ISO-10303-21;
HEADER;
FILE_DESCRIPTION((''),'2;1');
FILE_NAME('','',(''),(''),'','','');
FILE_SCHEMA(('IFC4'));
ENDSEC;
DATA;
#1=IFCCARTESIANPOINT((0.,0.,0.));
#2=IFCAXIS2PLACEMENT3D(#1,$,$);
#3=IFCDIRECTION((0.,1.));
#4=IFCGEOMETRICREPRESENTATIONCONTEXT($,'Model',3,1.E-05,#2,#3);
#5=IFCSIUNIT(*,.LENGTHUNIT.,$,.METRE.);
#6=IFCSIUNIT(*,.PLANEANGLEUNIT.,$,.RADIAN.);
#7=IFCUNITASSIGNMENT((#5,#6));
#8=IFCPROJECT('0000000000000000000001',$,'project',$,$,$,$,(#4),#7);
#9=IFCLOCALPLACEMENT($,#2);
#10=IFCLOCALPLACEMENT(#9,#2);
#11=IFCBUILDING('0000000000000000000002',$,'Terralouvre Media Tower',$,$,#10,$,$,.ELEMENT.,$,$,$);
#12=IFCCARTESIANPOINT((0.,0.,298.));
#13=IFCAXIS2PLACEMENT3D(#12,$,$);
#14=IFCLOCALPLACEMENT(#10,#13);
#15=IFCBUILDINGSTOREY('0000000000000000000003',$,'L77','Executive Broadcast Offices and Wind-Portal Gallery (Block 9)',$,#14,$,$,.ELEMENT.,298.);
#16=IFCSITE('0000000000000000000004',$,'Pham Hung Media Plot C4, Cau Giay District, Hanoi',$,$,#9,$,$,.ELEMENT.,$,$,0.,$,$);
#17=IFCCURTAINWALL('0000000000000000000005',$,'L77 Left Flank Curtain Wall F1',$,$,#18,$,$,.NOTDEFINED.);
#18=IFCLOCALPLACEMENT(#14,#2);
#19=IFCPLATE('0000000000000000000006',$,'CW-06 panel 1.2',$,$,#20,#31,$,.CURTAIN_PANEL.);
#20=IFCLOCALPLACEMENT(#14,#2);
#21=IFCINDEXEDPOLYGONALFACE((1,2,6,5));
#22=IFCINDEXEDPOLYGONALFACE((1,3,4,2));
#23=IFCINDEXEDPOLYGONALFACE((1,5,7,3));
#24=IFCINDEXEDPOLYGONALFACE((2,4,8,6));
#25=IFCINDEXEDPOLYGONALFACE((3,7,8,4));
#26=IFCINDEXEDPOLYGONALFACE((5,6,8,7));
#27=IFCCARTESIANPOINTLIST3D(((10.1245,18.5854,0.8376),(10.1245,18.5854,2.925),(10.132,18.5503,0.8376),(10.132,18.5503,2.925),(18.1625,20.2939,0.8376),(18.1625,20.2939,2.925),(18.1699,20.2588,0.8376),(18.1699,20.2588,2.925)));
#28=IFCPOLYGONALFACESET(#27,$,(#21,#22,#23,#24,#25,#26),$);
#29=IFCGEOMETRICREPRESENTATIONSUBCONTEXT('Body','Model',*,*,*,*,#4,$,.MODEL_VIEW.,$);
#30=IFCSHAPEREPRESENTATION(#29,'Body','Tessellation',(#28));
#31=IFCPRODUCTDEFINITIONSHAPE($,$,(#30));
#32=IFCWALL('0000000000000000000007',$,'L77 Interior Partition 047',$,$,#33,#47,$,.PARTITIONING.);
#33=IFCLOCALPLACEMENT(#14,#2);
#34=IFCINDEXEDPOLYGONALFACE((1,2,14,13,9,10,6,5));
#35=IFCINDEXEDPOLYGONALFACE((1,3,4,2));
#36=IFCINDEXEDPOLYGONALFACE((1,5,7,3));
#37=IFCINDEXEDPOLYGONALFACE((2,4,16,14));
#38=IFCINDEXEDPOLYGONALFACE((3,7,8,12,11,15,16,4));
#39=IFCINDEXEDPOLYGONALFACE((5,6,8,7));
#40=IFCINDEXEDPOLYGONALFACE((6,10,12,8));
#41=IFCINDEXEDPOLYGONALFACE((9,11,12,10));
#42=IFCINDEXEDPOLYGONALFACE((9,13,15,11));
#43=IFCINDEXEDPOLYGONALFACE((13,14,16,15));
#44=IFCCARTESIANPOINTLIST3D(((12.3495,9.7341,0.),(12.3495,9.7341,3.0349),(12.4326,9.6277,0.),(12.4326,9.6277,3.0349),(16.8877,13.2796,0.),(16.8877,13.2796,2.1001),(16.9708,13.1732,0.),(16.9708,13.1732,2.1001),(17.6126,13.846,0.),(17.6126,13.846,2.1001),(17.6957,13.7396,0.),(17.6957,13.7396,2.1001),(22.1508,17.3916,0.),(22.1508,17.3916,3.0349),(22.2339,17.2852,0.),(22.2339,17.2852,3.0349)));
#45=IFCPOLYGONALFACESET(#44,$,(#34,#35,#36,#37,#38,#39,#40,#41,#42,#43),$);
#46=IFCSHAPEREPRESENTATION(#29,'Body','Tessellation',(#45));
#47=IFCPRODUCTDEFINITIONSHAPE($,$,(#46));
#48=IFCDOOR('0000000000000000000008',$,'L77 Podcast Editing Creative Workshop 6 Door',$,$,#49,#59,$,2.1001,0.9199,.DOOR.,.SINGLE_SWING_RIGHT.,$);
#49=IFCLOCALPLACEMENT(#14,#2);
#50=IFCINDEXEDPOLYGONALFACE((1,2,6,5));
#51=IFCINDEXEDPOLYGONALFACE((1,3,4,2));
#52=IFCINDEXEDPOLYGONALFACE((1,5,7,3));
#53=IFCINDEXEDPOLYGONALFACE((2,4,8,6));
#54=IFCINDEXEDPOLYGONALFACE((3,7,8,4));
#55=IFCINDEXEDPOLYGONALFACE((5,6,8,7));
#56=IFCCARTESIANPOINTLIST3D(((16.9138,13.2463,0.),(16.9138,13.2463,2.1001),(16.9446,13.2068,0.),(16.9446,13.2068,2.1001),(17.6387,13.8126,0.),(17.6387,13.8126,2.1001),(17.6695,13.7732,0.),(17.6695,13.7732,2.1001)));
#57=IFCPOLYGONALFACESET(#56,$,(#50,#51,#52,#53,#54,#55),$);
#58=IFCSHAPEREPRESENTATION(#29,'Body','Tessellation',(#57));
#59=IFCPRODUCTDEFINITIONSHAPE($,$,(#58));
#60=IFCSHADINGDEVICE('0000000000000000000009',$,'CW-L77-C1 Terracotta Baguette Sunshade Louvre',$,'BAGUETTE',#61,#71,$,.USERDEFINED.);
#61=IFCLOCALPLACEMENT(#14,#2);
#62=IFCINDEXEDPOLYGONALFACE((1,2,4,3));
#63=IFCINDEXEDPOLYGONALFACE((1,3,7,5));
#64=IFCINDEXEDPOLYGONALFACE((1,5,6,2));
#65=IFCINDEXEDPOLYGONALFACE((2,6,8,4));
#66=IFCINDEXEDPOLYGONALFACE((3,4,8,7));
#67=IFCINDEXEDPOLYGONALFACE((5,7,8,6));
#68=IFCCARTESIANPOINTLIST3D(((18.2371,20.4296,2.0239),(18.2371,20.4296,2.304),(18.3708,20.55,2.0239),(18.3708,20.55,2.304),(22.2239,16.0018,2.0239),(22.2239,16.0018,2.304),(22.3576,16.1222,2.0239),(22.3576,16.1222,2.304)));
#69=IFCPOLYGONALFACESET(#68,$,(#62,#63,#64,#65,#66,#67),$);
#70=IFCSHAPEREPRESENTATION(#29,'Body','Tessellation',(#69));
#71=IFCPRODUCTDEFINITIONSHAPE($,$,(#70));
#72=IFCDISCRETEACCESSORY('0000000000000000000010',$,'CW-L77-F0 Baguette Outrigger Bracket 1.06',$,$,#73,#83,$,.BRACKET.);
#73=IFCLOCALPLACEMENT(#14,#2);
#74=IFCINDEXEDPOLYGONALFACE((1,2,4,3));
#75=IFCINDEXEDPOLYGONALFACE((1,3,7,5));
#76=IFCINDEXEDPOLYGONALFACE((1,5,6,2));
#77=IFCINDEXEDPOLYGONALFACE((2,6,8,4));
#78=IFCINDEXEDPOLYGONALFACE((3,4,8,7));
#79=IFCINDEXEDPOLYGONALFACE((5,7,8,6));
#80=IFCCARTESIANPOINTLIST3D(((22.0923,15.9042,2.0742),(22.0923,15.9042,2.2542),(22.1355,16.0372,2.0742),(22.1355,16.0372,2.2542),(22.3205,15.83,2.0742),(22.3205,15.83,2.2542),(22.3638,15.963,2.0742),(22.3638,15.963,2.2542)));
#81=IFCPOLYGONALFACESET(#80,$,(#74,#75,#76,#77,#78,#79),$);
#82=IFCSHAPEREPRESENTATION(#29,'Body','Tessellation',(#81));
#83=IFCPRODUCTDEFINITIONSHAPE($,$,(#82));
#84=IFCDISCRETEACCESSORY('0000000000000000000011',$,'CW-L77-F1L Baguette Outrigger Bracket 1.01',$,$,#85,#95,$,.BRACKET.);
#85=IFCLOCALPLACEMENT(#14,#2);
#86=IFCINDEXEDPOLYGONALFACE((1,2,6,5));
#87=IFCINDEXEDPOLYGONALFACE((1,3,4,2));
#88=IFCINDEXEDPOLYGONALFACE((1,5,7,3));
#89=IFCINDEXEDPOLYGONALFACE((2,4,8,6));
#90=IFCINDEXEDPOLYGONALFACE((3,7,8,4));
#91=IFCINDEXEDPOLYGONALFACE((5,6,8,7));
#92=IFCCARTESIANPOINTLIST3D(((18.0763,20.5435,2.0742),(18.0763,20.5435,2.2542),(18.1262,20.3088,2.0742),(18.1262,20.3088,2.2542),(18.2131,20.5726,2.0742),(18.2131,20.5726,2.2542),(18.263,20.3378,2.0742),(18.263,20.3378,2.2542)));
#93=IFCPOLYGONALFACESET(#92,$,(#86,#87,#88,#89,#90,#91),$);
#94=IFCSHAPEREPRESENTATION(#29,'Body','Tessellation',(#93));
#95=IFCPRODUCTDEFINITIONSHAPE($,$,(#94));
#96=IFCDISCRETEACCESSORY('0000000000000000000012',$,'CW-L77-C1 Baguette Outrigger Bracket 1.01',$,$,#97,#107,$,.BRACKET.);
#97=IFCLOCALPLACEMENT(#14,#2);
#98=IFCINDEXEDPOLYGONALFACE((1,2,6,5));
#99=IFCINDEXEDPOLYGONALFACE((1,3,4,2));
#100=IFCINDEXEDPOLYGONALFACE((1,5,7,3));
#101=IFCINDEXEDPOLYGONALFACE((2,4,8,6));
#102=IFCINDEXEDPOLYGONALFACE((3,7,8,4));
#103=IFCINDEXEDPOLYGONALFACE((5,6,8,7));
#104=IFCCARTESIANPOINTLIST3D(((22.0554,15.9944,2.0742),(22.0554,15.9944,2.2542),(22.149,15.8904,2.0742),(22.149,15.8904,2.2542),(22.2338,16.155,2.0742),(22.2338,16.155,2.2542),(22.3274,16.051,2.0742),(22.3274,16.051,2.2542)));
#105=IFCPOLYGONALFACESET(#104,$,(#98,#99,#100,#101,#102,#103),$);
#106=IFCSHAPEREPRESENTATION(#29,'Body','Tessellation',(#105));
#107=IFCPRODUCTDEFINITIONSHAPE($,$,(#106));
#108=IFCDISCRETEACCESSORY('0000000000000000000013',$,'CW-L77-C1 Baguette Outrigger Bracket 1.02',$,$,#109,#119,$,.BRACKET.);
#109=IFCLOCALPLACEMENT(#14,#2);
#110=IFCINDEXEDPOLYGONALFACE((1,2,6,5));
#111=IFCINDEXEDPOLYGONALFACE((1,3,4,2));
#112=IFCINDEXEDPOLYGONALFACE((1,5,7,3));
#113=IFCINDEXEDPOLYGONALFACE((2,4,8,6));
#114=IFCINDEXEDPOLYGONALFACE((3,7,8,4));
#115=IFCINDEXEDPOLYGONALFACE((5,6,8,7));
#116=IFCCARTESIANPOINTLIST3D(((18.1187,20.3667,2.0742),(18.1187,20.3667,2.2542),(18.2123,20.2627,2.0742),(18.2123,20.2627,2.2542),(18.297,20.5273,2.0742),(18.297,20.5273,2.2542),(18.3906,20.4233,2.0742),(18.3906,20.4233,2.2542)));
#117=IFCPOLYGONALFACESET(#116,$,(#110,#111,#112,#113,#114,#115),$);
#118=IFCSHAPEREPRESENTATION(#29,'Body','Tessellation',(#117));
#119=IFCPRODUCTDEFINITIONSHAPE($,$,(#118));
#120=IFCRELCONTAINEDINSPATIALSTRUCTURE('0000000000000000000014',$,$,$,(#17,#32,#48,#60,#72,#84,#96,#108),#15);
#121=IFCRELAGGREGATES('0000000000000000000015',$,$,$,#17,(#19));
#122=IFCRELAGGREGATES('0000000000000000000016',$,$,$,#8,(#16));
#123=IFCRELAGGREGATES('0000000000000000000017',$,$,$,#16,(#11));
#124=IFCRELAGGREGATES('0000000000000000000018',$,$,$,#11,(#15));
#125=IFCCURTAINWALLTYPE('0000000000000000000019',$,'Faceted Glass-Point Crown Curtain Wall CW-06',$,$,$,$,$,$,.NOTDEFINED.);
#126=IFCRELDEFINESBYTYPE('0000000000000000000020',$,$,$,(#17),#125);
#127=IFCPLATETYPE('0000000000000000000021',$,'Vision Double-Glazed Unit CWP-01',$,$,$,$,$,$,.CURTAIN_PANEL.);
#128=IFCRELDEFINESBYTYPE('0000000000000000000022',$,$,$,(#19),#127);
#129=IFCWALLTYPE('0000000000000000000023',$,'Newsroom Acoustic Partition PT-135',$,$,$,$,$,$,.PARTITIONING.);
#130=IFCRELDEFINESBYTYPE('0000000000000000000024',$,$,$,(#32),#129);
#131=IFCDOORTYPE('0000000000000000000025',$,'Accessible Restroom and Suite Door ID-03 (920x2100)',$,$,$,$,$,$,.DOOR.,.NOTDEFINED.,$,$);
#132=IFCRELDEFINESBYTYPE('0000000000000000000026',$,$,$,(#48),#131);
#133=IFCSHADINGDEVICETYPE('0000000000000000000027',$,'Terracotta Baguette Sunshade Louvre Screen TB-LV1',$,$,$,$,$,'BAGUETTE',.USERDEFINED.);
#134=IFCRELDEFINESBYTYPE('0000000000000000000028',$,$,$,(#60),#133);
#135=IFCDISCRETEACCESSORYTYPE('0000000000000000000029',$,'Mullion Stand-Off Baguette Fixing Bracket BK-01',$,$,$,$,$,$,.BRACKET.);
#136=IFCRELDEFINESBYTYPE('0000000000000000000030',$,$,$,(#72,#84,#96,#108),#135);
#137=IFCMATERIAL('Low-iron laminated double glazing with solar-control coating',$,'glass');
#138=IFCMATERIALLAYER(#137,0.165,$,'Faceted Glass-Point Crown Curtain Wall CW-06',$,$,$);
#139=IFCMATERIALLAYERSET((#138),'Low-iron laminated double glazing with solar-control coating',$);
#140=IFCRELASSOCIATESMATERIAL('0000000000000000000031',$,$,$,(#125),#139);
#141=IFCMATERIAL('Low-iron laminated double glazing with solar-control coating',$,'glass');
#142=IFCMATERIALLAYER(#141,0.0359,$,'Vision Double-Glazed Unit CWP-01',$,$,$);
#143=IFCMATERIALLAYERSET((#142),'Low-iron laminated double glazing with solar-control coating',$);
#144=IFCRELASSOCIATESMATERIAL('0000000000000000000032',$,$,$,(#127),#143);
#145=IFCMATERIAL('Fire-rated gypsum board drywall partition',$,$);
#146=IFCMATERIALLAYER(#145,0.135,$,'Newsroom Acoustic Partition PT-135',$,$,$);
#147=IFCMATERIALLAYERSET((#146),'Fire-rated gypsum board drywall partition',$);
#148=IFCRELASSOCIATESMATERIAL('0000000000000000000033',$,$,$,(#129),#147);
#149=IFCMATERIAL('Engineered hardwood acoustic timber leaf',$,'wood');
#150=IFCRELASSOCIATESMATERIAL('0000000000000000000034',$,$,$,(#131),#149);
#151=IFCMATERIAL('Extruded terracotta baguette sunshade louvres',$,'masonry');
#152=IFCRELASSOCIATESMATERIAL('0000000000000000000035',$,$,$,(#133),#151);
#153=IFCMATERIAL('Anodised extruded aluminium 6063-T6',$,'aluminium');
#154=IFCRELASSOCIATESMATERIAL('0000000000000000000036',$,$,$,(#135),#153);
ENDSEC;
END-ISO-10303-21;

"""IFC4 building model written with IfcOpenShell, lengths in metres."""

from ifc_helpers import new_model, si_unit, direction, frame, frame_2d, origin, origin_2d, place, context, subcontext, project, spatial, rectangle, extrude, material, layer, layer_set, type_object, element, fill, aggregate, save


model = new_model("IFC4")

# Units and contexts
model_context = context("Model", 3, precision=1e-05, world=origin(), true_north=direction((0.0, 1.0)))
body_context = subcontext(model_context, "Body", "Model", "MODEL_VIEW")
ifc_project = project(units=[si_unit("LENGTHUNIT", "METRE"), si_unit("PLANEANGLEUNIT", "RADIAN")], contexts=[model_context])

# Site, building, storey
site_placement = place(None, origin())
site = spatial("IfcSite", under=ifc_project, at=site_placement, Name="Pham Hung Media Plot C4, Cau Giay District, Hanoi", CompositionType="ELEMENT", RefElevation=0.0)
building_placement = place(site_placement, origin())
building = spatial("IfcBuilding", under=site, at=building_placement, Name="Terralouvre Media Tower", CompositionType="ELEMENT")
storey_placement = place(building_placement, frame((0.0, 0.0, 298.0)))
storey = spatial("IfcBuildingStorey", under=building, at=storey_placement, Name="L77", Description="Executive Broadcast Offices and Wind-Portal Gallery (Block 9)", CompositionType="ELEMENT", Elevation=298.0)

# Curtain wall
ifc_material_1 = material(Name="Low-iron laminated double glazing with solar-control coating", Category="glass")
ifc_layer_1 = layer(ifc_material_1, 0.165, Name="Faceted Glass-Point Crown Curtain Wall CW-06")
ifc_layer_set_1 = layer_set([ifc_layer_1], Name="Low-iron laminated double glazing with solar-control coating")
curtain_wall_type_1 = type_object("IfcCurtainWallType", Name="Faceted Glass-Point Crown Curtain Wall CW-06", PredefinedType="NOTDEFINED", material=ifc_layer_set_1)
curtain_wall_1_placement = place(storey_placement, origin())
curtain_wall_1 = element("IfcCurtainWall", 1, at=curtain_wall_1_placement, inside=storey, type_object=curtain_wall_type_1, Name="L77 Left Flank Curtain Wall F1", PredefinedType="NOTDEFINED")

# Plate
ifc_material_2 = material(Name="Low-iron laminated double glazing with solar-control coating", Category="glass")
ifc_layer_2 = layer(ifc_material_2, 0.0359, Name="Vision Double-Glazed Unit CWP-01")
ifc_layer_set_2 = layer_set([ifc_layer_2], Name="Low-iron laminated double glazing with solar-control coating")
plate_type_1 = type_object("IfcPlateType", Name="Vision Double-Glazed Unit CWP-01", PredefinedType="CURTAIN_PANEL", material=ifc_layer_set_2)
plate_1_placement = place(storey_placement, frame((14.1472, 19.4221, 0.8376), z_axis=(0.0, 0.0, 1.0), x_axis=(-0.978148, -0.207912, 0.0)))
plate_1 = element("IfcPlate", 2, at=plate_1_placement, type_object=plate_type_1, Name="CW-06 panel 1.2", PredefinedType="CURTAIN_PANEL", context=body_context, shape_type="SweptSolid", body=[
    extrude(rectangle(XDim=8.2175, YDim=0.0359, at=origin_2d()), origin(), (0.0, 0.0, 1.0), 2.0874),
])
aggregate(curtain_wall_1, [plate_1])

# Wall, opening, door
ifc_material_3 = material(Name="Fire-rated gypsum board drywall partition")
ifc_layer_3 = layer(ifc_material_3, 0.135, Name="Newsroom Acoustic Partition PT-135")
ifc_layer_set_3 = layer_set([ifc_layer_3], Name="Fire-rated gypsum board drywall partition")
wall_type = type_object("IfcWallType", Name="Newsroom Acoustic Partition PT-135", PredefinedType="PARTITIONING", material=ifc_layer_set_3)
wall_placement = place(storey_placement, frame((22.1924, 17.3384, 0.0), z_axis=(0.0, 0.0, 1.0), x_axis=(-0.788015, -0.615655, 0.0)))
wall = element("IfcWall", 3, at=wall_placement, inside=storey, type_object=wall_type, Name="L77 Interior Partition 047", PredefinedType="PARTITIONING", context=body_context, shape_type="SweptSolid", body=[
    extrude(rectangle(XDim=12.438, YDim=0.135, at=frame_2d((6.219, 0.0))), origin(), (0.0, 0.0, 1.0), 3.0349),
])
opening_placement = place(wall_placement, frame((5.759, 0.0, 0.0)))
opening = element("IfcOpeningElement", 4, at=opening_placement, cuts=wall, PredefinedType="OPENING", context=body_context, shape_type="SweptSolid", body=[
    extrude(rectangle(XDim=0.9199, YDim=2.1001, at=frame_2d((0.46, 1.05))), frame((0.0, 0.0774, 0.0), z_axis=(0.0, -1.0, 0.0), x_axis=(1.0, 0.0, 0.0)), (0.0, 0.0, 1.0), 0.155),
])
ifc_material_4 = material(Name="Engineered hardwood acoustic timber leaf", Category="wood")
door_type = type_object("IfcDoorType", Name="Accessible Restroom and Suite Door ID-03 (920x2100)", OperationType="NOTDEFINED", PredefinedType="DOOR", material=ifc_material_4)
door_placement = place(opening_placement, origin())
door = element("IfcDoor", 5, at=door_placement, inside=storey, type_object=door_type, Name="L77 Podcast Editing Creative Workshop 6 Door", OperationType="SINGLE_SWING_RIGHT", OverallHeight=2.1001, OverallWidth=0.9199, PredefinedType="DOOR", context=body_context, shape_type="SweptSolid", body=[
    extrude(rectangle(XDim=0.9199, YDim=2.1001, at=frame_2d((0.46, 1.05))), frame((0.0, 0.0249, 0.0), z_axis=(0.0, -1.0, 0.0), x_axis=(1.0, 0.0, 0.0)), (0.0, 0.0, 1.0), 0.05),
])
fill(opening, door)

# Shading device
ifc_material_5 = material(Name="Extruded terracotta baguette sunshade louvres", Category="masonry")
shading_device_type = type_object("IfcShadingDeviceType", Name="Terracotta Baguette Sunshade Louvre Screen TB-LV1", ElementType="BAGUETTE", PredefinedType="USERDEFINED", material=ifc_material_5)
shading_device_placement = place(storey_placement, frame((20.2974, 18.2759, 2.0239), z_axis=(0.0, 0.0, 1.0), x_axis=(-0.66913, 0.743145, 0.0)))
element("IfcShadingDevice", 6, at=shading_device_placement, inside=storey, type_object=shading_device_type, Name="CW-L77-C1 Terracotta Baguette Sunshade Louvre", ObjectType="BAGUETTE", PredefinedType="USERDEFINED", context=body_context, shape_type="SweptSolid", body=[
    extrude(rectangle(XDim=5.9583, YDim=0.1799, at=origin_2d()), origin(), (0.0, 0.0, 1.0), 0.28),
])

# Discrete accessories
ifc_material_6 = material(Name="Anodised extruded aluminium 6063-T6", Category="aluminium")
discrete_accessory_type = type_object("IfcDiscreteAccessoryType", Name="Mullion Stand-Off Baguette Fixing Bracket BK-01", PredefinedType="BRACKET", material=ifc_material_6)
for number, where, z_axis, x_axis, name in (
    (7, (22.228, 15.9336, 2.0742), (0.0, 0.0, 1.0), (0.309017, 0.951057, 0.0), "CW-L77-F0 Baguette Outrigger Bracket 1.06"),
    (8, (18.1697, 20.4407, 2.0742), (0.0, 0.0, 1.0), (-0.978148, -0.207912, 0.0), "CW-L77-F1L Baguette Outrigger Bracket 1.01"),
    (9, (22.1914, 16.0227, 2.0742), (0.0, 0.0, 1.0), (-0.66913, 0.743145, 0.0), "CW-L77-C1 Baguette Outrigger Bracket 1.01"),
    (10, (18.2546, 20.395, 2.0742), (0.0, 0.0, 1.0), (-0.66913, 0.743145, 0.0), "CW-L77-C1 Baguette Outrigger Bracket 1.02"),
):
    element("IfcDiscreteAccessory", number, at=place(storey_placement, frame(where, z_axis=z_axis, x_axis=x_axis)), inside=storey, type_object=discrete_accessory_type, Name=name, PredefinedType="BRACKET", context=body_context, shape_type="SweptSolid", body=[
        extrude(rectangle(XDim=0.1399, YDim=0.24, at=origin_2d()), origin(), (0.0, 0.0, 1.0), 0.1799),
    ])

save(model, "model.ifc")
